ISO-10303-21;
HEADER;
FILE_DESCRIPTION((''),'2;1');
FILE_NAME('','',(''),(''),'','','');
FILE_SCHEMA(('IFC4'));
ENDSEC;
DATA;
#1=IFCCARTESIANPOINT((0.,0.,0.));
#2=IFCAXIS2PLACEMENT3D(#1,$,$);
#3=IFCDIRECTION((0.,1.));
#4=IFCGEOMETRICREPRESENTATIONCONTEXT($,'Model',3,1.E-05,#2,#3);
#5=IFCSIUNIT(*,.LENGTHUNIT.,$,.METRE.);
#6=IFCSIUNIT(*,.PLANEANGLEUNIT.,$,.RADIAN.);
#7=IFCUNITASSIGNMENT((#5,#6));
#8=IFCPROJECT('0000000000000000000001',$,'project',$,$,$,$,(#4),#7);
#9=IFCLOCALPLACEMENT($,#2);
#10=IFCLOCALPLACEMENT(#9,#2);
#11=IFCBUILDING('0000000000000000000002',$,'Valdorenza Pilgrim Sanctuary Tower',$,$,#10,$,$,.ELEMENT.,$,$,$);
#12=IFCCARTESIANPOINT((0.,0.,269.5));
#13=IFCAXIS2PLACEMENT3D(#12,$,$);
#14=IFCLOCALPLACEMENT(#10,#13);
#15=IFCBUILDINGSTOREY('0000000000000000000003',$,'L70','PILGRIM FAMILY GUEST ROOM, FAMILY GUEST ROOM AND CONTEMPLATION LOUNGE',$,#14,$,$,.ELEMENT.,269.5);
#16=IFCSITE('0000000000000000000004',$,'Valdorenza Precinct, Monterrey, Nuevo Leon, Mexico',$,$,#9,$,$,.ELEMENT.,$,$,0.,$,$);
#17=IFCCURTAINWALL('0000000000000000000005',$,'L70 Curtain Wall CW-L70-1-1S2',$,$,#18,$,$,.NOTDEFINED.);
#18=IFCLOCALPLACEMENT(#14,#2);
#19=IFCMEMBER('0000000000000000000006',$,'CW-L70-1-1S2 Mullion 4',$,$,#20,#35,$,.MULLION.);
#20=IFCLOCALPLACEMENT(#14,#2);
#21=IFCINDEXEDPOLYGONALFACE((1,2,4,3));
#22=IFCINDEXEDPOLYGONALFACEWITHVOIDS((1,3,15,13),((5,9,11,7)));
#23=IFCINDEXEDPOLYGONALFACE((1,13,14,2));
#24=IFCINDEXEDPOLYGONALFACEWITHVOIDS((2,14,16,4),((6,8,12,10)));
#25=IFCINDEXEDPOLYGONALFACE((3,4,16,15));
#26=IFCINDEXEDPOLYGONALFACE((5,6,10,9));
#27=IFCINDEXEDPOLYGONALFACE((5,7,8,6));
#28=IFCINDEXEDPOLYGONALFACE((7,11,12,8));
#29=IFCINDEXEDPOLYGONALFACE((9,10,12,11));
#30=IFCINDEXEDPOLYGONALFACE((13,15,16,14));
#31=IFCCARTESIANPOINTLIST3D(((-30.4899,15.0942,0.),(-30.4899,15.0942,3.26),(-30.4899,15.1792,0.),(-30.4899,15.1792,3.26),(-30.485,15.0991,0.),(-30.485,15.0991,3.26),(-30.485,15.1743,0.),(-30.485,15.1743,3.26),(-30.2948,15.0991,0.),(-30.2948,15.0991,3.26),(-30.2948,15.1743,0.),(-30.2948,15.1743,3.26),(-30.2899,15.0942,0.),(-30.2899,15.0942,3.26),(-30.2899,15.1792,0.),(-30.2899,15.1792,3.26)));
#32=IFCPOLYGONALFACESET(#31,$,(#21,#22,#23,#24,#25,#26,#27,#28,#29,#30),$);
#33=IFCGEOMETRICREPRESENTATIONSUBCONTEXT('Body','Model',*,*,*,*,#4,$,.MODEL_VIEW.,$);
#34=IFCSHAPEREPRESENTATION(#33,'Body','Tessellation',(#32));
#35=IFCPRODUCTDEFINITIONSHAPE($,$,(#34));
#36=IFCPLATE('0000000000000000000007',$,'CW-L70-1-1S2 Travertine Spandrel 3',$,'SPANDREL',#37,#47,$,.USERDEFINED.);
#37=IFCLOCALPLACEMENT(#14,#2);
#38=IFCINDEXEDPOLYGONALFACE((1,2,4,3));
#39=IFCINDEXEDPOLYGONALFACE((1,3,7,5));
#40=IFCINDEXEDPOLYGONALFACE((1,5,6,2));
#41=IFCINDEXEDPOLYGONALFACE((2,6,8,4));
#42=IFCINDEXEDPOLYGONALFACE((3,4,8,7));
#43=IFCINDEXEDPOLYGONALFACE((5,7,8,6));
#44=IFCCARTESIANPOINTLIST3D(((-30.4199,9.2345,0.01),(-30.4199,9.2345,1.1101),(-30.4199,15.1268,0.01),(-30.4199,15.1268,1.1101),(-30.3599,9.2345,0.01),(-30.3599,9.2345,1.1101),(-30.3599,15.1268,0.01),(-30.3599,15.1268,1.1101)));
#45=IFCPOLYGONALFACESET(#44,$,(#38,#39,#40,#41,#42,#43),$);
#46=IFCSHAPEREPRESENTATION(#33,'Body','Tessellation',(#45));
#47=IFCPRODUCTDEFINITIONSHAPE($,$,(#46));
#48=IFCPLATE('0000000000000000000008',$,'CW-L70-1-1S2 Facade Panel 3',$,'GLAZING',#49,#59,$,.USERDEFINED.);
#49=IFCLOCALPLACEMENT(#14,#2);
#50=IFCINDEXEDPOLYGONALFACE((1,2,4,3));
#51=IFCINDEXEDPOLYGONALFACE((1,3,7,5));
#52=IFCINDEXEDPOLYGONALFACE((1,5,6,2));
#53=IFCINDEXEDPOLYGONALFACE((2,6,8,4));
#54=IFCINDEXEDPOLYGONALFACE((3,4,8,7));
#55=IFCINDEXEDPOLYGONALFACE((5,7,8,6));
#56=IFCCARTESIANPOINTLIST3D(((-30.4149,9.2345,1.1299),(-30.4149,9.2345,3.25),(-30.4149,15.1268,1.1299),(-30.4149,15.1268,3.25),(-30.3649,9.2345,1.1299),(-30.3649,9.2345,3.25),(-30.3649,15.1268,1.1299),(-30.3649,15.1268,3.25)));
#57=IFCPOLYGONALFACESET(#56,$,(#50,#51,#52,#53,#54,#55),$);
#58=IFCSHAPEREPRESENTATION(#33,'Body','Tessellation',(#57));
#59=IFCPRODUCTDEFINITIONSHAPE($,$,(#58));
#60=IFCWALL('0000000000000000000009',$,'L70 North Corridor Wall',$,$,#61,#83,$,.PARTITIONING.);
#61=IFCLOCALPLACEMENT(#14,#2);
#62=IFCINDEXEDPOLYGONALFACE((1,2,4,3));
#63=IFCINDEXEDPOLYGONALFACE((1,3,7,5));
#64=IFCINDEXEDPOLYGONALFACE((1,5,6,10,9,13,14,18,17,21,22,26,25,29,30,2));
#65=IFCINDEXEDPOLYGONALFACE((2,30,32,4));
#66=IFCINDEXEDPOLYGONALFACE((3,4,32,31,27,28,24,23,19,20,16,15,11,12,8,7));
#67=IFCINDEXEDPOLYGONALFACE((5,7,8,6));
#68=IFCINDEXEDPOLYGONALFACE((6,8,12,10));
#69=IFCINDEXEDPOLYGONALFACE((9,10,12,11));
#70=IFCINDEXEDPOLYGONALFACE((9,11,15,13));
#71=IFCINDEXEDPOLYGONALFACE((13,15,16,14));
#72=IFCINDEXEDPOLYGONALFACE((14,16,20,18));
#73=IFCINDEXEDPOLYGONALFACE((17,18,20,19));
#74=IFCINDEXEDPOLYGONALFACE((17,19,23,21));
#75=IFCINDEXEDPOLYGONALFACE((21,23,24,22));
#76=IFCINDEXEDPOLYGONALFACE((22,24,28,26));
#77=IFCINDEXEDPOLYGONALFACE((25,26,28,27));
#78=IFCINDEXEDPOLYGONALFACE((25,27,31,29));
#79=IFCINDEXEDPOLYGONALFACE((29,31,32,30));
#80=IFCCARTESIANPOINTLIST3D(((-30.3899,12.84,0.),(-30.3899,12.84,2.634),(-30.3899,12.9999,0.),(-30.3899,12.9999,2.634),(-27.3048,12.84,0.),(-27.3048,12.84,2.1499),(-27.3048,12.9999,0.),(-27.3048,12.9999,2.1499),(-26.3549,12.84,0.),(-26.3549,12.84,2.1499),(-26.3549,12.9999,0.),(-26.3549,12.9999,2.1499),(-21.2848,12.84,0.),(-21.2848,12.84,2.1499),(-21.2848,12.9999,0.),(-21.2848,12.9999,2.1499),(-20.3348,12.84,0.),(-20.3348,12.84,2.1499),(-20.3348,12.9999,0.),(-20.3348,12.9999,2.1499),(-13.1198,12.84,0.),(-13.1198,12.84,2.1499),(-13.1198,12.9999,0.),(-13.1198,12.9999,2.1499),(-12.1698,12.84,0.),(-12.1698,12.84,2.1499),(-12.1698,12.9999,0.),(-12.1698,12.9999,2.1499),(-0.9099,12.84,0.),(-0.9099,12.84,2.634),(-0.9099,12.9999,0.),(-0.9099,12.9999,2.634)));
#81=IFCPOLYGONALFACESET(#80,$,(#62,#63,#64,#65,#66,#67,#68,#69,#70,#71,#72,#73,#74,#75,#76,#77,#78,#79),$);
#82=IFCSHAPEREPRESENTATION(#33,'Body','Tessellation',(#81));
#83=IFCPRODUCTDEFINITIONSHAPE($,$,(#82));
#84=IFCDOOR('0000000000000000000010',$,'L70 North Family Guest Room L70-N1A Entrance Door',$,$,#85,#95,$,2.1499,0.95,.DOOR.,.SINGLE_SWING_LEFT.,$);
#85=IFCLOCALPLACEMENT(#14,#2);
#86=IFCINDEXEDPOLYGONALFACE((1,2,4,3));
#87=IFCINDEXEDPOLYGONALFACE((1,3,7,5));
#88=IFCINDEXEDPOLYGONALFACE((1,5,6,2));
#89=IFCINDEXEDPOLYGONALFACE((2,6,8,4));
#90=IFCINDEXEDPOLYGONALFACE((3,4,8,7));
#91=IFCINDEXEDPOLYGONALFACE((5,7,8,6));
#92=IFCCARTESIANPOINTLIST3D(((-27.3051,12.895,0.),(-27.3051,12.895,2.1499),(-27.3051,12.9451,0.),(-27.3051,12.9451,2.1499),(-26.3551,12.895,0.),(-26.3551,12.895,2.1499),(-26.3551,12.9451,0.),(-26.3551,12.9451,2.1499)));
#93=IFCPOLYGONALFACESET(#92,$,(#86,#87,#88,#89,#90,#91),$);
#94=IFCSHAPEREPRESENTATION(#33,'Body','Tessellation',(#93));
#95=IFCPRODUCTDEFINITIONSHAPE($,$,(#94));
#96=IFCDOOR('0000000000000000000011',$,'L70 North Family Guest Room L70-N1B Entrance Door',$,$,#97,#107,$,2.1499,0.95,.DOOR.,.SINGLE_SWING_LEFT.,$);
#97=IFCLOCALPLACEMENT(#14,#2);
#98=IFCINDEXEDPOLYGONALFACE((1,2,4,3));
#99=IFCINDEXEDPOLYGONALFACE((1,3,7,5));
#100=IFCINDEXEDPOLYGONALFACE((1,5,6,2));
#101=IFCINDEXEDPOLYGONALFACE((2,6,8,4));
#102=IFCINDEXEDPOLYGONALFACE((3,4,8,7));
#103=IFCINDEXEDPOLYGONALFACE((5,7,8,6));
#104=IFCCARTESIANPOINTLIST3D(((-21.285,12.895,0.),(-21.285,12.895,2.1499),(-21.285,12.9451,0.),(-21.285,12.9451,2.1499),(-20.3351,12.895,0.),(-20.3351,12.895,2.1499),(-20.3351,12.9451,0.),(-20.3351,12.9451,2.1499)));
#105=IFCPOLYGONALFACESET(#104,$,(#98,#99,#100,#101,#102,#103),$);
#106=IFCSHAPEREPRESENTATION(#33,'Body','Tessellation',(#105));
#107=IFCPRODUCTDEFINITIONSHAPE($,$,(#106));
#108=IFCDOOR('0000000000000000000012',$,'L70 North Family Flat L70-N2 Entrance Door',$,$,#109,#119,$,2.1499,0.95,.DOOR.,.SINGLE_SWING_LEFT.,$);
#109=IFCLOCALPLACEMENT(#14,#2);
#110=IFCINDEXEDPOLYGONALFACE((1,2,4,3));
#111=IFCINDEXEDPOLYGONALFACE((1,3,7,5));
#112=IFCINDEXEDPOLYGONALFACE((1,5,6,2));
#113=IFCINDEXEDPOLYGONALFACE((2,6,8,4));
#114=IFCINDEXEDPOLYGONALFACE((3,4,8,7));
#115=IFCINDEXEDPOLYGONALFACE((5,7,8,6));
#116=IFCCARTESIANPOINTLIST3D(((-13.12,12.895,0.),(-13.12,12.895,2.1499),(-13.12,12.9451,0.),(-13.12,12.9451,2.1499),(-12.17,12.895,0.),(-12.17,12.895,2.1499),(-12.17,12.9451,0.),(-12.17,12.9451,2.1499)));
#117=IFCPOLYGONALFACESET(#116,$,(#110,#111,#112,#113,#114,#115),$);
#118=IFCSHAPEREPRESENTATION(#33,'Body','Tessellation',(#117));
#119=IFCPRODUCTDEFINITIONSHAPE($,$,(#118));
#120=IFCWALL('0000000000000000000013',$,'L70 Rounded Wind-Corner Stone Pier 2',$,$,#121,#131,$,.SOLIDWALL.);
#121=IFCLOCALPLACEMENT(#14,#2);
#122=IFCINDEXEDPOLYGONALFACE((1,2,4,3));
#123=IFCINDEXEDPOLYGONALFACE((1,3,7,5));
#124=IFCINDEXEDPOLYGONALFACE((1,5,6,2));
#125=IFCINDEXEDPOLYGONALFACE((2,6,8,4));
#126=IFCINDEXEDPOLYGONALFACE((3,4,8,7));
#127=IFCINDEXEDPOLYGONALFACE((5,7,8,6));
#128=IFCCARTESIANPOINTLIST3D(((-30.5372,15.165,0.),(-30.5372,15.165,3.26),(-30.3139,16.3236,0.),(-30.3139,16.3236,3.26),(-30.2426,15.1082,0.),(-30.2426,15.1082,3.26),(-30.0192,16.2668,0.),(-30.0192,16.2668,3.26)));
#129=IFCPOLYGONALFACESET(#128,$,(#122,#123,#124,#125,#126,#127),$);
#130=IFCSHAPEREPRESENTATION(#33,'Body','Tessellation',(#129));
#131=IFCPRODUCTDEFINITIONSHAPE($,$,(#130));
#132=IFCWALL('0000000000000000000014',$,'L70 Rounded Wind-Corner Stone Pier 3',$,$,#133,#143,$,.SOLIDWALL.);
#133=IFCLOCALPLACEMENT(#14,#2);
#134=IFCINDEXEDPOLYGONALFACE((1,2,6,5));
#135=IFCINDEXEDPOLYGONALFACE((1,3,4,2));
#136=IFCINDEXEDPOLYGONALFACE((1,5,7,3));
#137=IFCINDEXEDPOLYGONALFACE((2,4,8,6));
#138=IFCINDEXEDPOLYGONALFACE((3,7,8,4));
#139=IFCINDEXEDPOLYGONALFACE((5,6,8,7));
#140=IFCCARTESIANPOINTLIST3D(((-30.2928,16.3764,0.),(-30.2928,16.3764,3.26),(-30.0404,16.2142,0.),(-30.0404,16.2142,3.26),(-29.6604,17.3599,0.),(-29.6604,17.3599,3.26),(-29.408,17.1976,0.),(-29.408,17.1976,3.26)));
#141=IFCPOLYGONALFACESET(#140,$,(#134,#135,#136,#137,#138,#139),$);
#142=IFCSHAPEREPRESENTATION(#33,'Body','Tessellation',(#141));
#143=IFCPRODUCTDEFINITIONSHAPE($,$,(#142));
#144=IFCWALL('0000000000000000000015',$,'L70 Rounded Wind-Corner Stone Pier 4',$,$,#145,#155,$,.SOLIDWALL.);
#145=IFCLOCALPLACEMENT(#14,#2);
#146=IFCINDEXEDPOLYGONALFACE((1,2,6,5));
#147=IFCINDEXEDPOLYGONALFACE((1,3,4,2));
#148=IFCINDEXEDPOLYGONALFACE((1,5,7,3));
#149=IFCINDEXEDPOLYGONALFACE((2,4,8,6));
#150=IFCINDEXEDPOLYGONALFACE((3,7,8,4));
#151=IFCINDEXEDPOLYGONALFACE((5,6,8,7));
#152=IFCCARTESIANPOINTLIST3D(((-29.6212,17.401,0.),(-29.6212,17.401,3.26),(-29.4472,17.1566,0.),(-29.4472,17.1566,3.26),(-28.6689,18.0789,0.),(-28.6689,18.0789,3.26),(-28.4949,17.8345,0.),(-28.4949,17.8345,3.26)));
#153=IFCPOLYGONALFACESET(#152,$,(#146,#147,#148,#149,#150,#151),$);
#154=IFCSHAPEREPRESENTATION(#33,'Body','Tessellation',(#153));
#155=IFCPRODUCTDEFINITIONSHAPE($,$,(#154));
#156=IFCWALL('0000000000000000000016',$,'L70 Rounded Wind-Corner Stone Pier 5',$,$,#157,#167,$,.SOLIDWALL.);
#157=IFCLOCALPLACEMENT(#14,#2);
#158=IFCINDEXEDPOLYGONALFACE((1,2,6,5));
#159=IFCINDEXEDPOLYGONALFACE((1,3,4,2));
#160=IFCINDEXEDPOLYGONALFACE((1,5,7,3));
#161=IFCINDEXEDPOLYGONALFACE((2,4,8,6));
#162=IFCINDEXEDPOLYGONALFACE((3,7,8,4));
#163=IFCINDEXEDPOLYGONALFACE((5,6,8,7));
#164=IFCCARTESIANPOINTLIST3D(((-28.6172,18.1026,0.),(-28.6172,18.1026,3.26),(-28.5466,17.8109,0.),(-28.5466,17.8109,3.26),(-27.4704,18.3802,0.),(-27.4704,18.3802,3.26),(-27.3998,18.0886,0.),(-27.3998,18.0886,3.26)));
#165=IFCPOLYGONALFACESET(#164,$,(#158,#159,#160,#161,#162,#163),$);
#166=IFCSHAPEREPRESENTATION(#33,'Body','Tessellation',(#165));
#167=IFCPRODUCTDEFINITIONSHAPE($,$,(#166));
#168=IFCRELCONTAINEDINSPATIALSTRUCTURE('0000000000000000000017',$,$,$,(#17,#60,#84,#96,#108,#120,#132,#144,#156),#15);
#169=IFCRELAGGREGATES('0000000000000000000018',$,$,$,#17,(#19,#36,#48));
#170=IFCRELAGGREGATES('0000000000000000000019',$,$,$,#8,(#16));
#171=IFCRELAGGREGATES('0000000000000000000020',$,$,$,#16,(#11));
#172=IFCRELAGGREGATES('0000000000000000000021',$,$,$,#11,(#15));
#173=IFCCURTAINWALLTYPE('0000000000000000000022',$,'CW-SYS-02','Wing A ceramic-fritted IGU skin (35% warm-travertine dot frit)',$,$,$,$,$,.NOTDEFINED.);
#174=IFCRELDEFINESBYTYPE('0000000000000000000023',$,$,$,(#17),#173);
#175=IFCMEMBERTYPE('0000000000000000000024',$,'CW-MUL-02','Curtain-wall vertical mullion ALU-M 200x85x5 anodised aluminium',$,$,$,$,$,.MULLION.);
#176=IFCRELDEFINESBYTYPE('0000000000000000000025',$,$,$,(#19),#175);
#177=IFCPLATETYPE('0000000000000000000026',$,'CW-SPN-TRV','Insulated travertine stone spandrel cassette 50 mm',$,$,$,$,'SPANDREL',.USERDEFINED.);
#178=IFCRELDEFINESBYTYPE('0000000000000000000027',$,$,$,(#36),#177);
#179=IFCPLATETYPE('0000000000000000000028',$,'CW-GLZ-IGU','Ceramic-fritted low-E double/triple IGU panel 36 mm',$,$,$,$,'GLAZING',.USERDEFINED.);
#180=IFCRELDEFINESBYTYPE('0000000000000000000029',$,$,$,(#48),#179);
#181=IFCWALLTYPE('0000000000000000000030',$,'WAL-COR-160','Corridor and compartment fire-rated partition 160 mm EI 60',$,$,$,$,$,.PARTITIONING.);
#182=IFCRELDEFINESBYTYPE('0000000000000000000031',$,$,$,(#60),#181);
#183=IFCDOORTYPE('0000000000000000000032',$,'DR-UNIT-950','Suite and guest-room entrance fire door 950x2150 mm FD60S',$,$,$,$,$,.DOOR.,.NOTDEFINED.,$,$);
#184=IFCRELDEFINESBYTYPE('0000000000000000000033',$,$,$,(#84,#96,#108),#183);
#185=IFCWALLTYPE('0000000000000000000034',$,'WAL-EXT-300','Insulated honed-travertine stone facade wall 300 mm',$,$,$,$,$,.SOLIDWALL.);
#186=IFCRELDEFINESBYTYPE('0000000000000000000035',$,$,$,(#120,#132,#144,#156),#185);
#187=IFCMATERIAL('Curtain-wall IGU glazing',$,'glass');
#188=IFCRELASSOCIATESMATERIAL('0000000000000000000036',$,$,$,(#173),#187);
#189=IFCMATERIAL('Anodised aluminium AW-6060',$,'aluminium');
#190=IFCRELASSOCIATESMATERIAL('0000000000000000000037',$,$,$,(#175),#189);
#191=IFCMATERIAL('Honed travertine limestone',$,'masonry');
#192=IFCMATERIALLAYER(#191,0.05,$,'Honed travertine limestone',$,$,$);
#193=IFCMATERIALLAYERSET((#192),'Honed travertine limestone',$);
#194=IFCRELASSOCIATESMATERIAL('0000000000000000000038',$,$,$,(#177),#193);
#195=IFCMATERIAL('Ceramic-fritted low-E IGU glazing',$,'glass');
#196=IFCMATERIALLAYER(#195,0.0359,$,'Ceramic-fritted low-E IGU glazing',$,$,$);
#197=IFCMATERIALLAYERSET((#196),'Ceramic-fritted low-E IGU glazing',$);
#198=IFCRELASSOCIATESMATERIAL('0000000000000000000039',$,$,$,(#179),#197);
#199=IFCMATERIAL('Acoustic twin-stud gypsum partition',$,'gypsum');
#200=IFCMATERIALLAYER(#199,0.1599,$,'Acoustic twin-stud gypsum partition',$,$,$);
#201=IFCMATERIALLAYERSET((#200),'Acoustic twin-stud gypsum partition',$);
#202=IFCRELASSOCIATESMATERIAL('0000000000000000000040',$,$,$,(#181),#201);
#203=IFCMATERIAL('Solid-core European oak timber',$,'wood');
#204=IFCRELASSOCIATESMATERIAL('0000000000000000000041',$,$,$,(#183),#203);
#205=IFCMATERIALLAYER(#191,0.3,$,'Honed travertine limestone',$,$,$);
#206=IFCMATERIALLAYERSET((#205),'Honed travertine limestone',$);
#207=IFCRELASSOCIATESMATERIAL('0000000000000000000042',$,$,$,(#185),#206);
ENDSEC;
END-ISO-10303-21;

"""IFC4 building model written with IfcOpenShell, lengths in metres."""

from ifc_helpers import new_model, si_unit, direction, frame, frame_2d, origin, origin_2d, place, context, subcontext, project, spatial, rectangle, hollow_rectangle, extrude, source, transform, mapped, material, layer, layer_set, material_profile, profile_set, type_object, element, fill, aggregate, save


model = new_model("IFC4")

# Units and contexts
model_context = context("Model", 3, precision=1e-05, world=origin(), true_north=direction((0.0, 1.0)))
body_context = subcontext(model_context, "Body", "Model", "MODEL_VIEW")
ifc_project = project(units=[si_unit("LENGTHUNIT", "METRE"), si_unit("PLANEANGLEUNIT", "RADIAN")], contexts=[model_context])

# Site, building, storey
site_placement = place(None, origin())
site = spatial("IfcSite", under=ifc_project, at=site_placement, Name="Valdorenza Precinct, Monterrey, Nuevo Leon, Mexico", CompositionType="ELEMENT", RefElevation=0.0)
building_placement = place(site_placement, origin())
building = spatial("IfcBuilding", under=site, at=building_placement, Name="Valdorenza Pilgrim Sanctuary Tower", CompositionType="ELEMENT")
storey_placement = place(building_placement, frame((0.0, 0.0, 269.5)))
storey = spatial("IfcBuildingStorey", under=building, at=storey_placement, Name="L70", Description="PILGRIM FAMILY GUEST ROOM, FAMILY GUEST ROOM AND CONTEMPLATION LOUNGE", CompositionType="ELEMENT", Elevation=269.5)

# Curtain wall, member, plates
ifc_material_1 = material(Name="Curtain-wall IGU glazing", Category="glass")
curtain_wall_type = type_object("IfcCurtainWallType", Name="CW-SYS-02", Description="Wing A ceramic-fritted IGU skin (35% warm-travertine dot frit)", PredefinedType="NOTDEFINED", material=ifc_material_1)
curtain_wall_placement = place(storey_placement, origin())
curtain_wall = element("IfcCurtainWall", 1, at=curtain_wall_placement, inside=storey, type_object=curtain_wall_type, Name="L70 Curtain Wall CW-L70-1-1S2", PredefinedType="NOTDEFINED")
ifc_material_2 = material(Name="Anodised aluminium AW-6060", Category="aluminium")
ifc_material_profile_1 = material_profile(ifc_material_2, hollow_rectangle(XDim=0.085, YDim=0.2, WallThickness=0.0049, at=origin_2d()), Name="ALU-M 200x85x5")
ifc_profile_set_1 = profile_set([ifc_material_profile_1], Name="Anodised aluminium AW-6060")
member_type = type_object("IfcMemberType", Name="CW-MUL-02", Description="Curtain-wall vertical mullion ALU-M 200x85x5 anodised aluminium", PredefinedType="MULLION", material=ifc_profile_set_1)
shared_shape_1 = source(origin(), body_context, "Body", "SweptSolid", [
    extrude(hollow_rectangle(XDim=0.085, YDim=0.2, WallThickness=0.0049, at=origin_2d()), origin(), (0.0, 0.0, 1.0), 3.26),
])
member_placement = place(storey_placement, frame((-30.3899, 15.1367, 0.0), z_axis=(0.0, 0.0, 1.0), x_axis=(0.0, 1.0, 0.0)))
member = element("IfcMember", 2, at=member_placement, type_object=member_type, Name="CW-L70-1-1S2 Mullion 4", PredefinedType="MULLION", context=body_context, shape_type="MappedRepresentation", body=[
    mapped(shared_shape_1, transform((0.0, 0.0, 0.0), x_axis=(1.0, 0.0, 0.0), y_axis=(0.0, 1.0, 0.0), z_axis=(0.0, 0.0, 1.0), scale=1.0)),
])
ifc_material_3 = material(Name="Honed travertine limestone", Category="masonry")
ifc_layer_1 = layer(ifc_material_3, 0.05, Name="Honed travertine limestone")
ifc_layer_set_1 = layer_set([ifc_layer_1], Name="Honed travertine limestone")
plate_type_1 = type_object("IfcPlateType", Name="CW-SPN-TRV", Description="Insulated travertine stone spandrel cassette 50 mm", ElementType="SPANDREL", PredefinedType="USERDEFINED", material=ifc_layer_set_1)
shared_shape_2 = source(origin(), body_context, "Body", "SweptSolid", [
    extrude(rectangle(XDim=5.8923, YDim=0.0601, at=origin_2d()), origin(), (0.0, 0.0, 1.0), 1.1001),
])
plate_1_placement = place(storey_placement, frame((-30.3899, 12.1807, 0.01), z_axis=(0.0, 0.0, 1.0), x_axis=(0.0, 1.0, 0.0)))
plate_1 = element("IfcPlate", 3, at=plate_1_placement, type_object=plate_type_1, Name="CW-L70-1-1S2 Travertine Spandrel 3", ObjectType="SPANDREL", PredefinedType="USERDEFINED", context=body_context, shape_type="MappedRepresentation", body=[
    mapped(shared_shape_2, transform((0.0, 0.0, 0.0), x_axis=(1.0, 0.0, 0.0), y_axis=(0.0, 1.0, 0.0), z_axis=(0.0, 0.0, 1.0), scale=1.0)),
])
ifc_material_4 = material(Name="Ceramic-fritted low-E IGU glazing", Category="glass")
ifc_layer_2 = layer(ifc_material_4, 0.0359, Name="Ceramic-fritted low-E IGU glazing")
ifc_layer_set_2 = layer_set([ifc_layer_2], Name="Ceramic-fritted low-E IGU glazing")
plate_type_2 = type_object("IfcPlateType", Name="CW-GLZ-IGU", Description="Ceramic-fritted low-E double/triple IGU panel 36 mm", ElementType="GLAZING", PredefinedType="USERDEFINED", material=ifc_layer_set_2)
shared_shape_3 = source(origin(), body_context, "Body", "SweptSolid", [
    extrude(rectangle(XDim=5.8923, YDim=0.05, at=origin_2d()), origin(), (0.0, 0.0, 1.0), 2.1201),
])
plate_2_placement = place(storey_placement, frame((-30.3899, 12.1807, 1.1299), z_axis=(0.0, 0.0, 1.0), x_axis=(0.0, 1.0, 0.0)))
plate_2 = element("IfcPlate", 4, at=plate_2_placement, type_object=plate_type_2, Name="CW-L70-1-1S2 Facade Panel 3", ObjectType="GLAZING", PredefinedType="USERDEFINED", context=body_context, shape_type="MappedRepresentation", body=[
    mapped(shared_shape_3, transform((0.0, 0.0, 0.0), x_axis=(1.0, 0.0, 0.0), y_axis=(0.0, 1.0, 0.0), z_axis=(0.0, 0.0, 1.0), scale=1.0)),
])
aggregate(curtain_wall, [member, plate_1, plate_2])

# Wall, openings, doors
ifc_material_5 = material(Name="Acoustic twin-stud gypsum partition", Category="gypsum")
ifc_layer_3 = layer(ifc_material_5, 0.1599, Name="Acoustic twin-stud gypsum partition")
ifc_layer_set_3 = layer_set([ifc_layer_3], Name="Acoustic twin-stud gypsum partition")
wall_type_1 = type_object("IfcWallType", Name="WAL-COR-160", Description="Corridor and compartment fire-rated partition 160 mm EI 60", PredefinedType="PARTITIONING", material=ifc_layer_set_3)
wall_1_placement = place(storey_placement, frame((-30.3899, 12.9199, 0.0), z_axis=(0.0, 0.0, 1.0), x_axis=(1.0, 0.0, 0.0)))
wall_1 = element("IfcWall", 5, at=wall_1_placement, inside=storey, type_object=wall_type_1, Name="L70 North Corridor Wall", PredefinedType="PARTITIONING", context=body_context, shape_type="SweptSolid", body=[
    extrude(rectangle(XDim=29.48, YDim=0.1599, at=frame_2d((14.74, 0.0))), origin(), (0.0, 0.0, 1.0), 2.634),
])
opening_1_placement = place(wall_1_placement, frame((3.085, 0.0, 0.0)))
opening_1 = element("IfcOpeningElement", 6, at=opening_1_placement, cuts=wall_1, PredefinedType="OPENING", context=body_context, shape_type="SweptSolid", body=[
    extrude(rectangle(XDim=0.95, YDim=2.1499, at=frame_2d((0.4751, 1.075))), frame((0.0, 0.0947, 0.0), z_axis=(0.0, -1.0, 0.0), x_axis=(1.0, 0.0, 0.0)), (0.0, 0.0, 1.0), 0.1897),
])
opening_2_placement = place(wall_1_placement, frame((9.105, 0.0, 0.0)))
opening_2 = element("IfcOpeningElement", 7, at=opening_2_placement, cuts=wall_1, PredefinedType="OPENING", context=body_context, shape_type="SweptSolid", body=[
    extrude(rectangle(XDim=0.95, YDim=2.1499, at=frame_2d((0.4751, 1.075))), frame((0.0, 0.0947, 0.0), z_axis=(0.0, -1.0, 0.0), x_axis=(1.0, 0.0, 0.0)), (0.0, 0.0, 1.0), 0.1897),
])
opening_3_placement = place(wall_1_placement, frame((17.27, 0.0, 0.0)))
opening_3 = element("IfcOpeningElement", 8, at=opening_3_placement, cuts=wall_1, PredefinedType="OPENING", context=body_context, shape_type="SweptSolid", body=[
    extrude(rectangle(XDim=0.95, YDim=2.1499, at=frame_2d((0.4751, 1.075))), frame((0.0, 0.0947, 0.0), z_axis=(0.0, -1.0, 0.0), x_axis=(1.0, 0.0, 0.0)), (0.0, 0.0, 1.0), 0.1897),
])
ifc_material_6 = material(Name="Solid-core European oak timber", Category="wood")
door_type = type_object("IfcDoorType", Name="DR-UNIT-950", Description="Suite and guest-room entrance fire door 950x2150 mm FD60S", OperationType="NOTDEFINED", PredefinedType="DOOR", material=ifc_material_6)
door_1_placement = place(opening_1_placement, frame((0.95, 0.0, 0.0), z_axis=(0.0, 0.0, 1.0), x_axis=(-1.0, 0.0, 0.0)))
door_1 = element("IfcDoor", 9, at=door_1_placement, inside=storey, type_object=door_type, Name="L70 North Family Guest Room L70-N1A Entrance Door", OperationType="SINGLE_SWING_LEFT", OverallHeight=2.1499, OverallWidth=0.95, PredefinedType="DOOR", context=body_context, shape_type="SweptSolid", body=[
    extrude(rectangle(XDim=0.95, YDim=2.1499, at=frame_2d((0.4751, 1.075))), frame((0.0, 0.0249, 0.0), z_axis=(0.0, -1.0, 0.0), x_axis=(1.0, 0.0, 0.0)), (0.0, 0.0, 1.0), 0.05),
])
fill(opening_1, door_1)
door_2_placement = place(opening_2_placement, frame((0.95, 0.0, 0.0), z_axis=(0.0, 0.0, 1.0), x_axis=(-1.0, 0.0, 0.0)))
door_2 = element("IfcDoor", 10, at=door_2_placement, inside=storey, type_object=door_type, Name="L70 North Family Guest Room L70-N1B Entrance Door", OperationType="SINGLE_SWING_LEFT", OverallHeight=2.1499, OverallWidth=0.95, PredefinedType="DOOR", context=body_context, shape_type="SweptSolid", body=[
    extrude(rectangle(XDim=0.95, YDim=2.1499, at=frame_2d((0.4751, 1.075))), frame((0.0, 0.0249, 0.0), z_axis=(0.0, -1.0, 0.0), x_axis=(1.0, 0.0, 0.0)), (0.0, 0.0, 1.0), 0.05),
])
fill(opening_2, door_2)
door_3_placement = place(opening_3_placement, frame((0.95, 0.0, 0.0), z_axis=(0.0, 0.0, 1.0), x_axis=(-1.0, 0.0, 0.0)))
door_3 = element("IfcDoor", 11, at=door_3_placement, inside=storey, type_object=door_type, Name="L70 North Family Flat L70-N2 Entrance Door", OperationType="SINGLE_SWING_LEFT", OverallHeight=2.1499, OverallWidth=0.95, PredefinedType="DOOR", context=body_context, shape_type="SweptSolid", body=[
    extrude(rectangle(XDim=0.95, YDim=2.1499, at=frame_2d((0.4751, 1.075))), frame((0.0, 0.0249, 0.0), z_axis=(0.0, -1.0, 0.0), x_axis=(1.0, 0.0, 0.0)), (0.0, 0.0, 1.0), 0.05),
])
fill(opening_3, door_3)

# Walls
ifc_layer_4 = layer(ifc_material_3, 0.3, Name="Honed travertine limestone")
ifc_layer_set_4 = layer_set([ifc_layer_4], Name="Honed travertine limestone")
wall_type_2 = type_object("IfcWallType", Name="WAL-EXT-300", Description="Insulated honed-travertine stone facade wall 300 mm", PredefinedType="SOLIDWALL", material=ifc_layer_set_4)
wall_2_placement = place(storey_placement, frame((-30.3899, 15.1367, 0.0), z_axis=(0.0, 0.0, 1.0), x_axis=(0.189308, 0.981918, 0.0)))
element("IfcWall", 12, at=wall_2_placement, inside=storey, type_object=wall_type_2, Name="L70 Rounded Wind-Corner Stone Pier 2", PredefinedType="SOLIDWALL", context=body_context, shape_type="SweptSolid", body=[
    extrude(rectangle(XDim=1.1799, YDim=0.3, at=frame_2d((0.5898, 0.0))), origin(), (0.0, 0.0, 1.0), 3.26),
])
wall_3_placement = place(storey_placement, frame((-30.1665, 16.2954, 0.0), z_axis=(0.0, 0.0, 1.0), x_axis=(0.540842, 0.841124, 0.0)))
element("IfcWall", 13, at=wall_3_placement, inside=storey, type_object=wall_type_2, Name="L70 Rounded Wind-Corner Stone Pier 3", PredefinedType="SOLIDWALL", context=body_context, shape_type="SweptSolid", body=[
    extrude(rectangle(XDim=1.1692, YDim=0.3, at=frame_2d((0.5845, 0.0))), origin(), (0.0, 0.0, 1.0), 3.26),
])
wall_4_placement = place(storey_placement, frame((-29.5342, 17.2788, 0.0), z_axis=(0.0, 0.0, 1.0), x_axis=(0.814664, 0.579934, 0.0)))
element("IfcWall", 14, at=wall_4_placement, inside=storey, type_object=wall_type_2, Name="L70 Rounded Wind-Corner Stone Pier 4", PredefinedType="SOLIDWALL", context=body_context, shape_type="SweptSolid", body=[
    extrude(rectangle(XDim=1.1689, YDim=0.3, at=frame_2d((0.5845, 0.0))), origin(), (0.0, 0.0, 1.0), 3.26),
])
wall_5_placement = place(storey_placement, frame((-28.5818, 17.9568, 0.0), z_axis=(0.0, 0.0, 1.0), x_axis=(0.971929, 0.235274, 0.0)))
element("IfcWall", 15, at=wall_5_placement, inside=storey, type_object=wall_type_2, Name="L70 Rounded Wind-Corner Stone Pier 5", PredefinedType="SOLIDWALL", context=body_context, shape_type="SweptSolid", body=[
    extrude(rectangle(XDim=1.1799, YDim=0.3, at=frame_2d((0.5898, 0.0))), origin(), (0.0, 0.0, 1.0), 3.26),
])

save(model, "model.ifc")
